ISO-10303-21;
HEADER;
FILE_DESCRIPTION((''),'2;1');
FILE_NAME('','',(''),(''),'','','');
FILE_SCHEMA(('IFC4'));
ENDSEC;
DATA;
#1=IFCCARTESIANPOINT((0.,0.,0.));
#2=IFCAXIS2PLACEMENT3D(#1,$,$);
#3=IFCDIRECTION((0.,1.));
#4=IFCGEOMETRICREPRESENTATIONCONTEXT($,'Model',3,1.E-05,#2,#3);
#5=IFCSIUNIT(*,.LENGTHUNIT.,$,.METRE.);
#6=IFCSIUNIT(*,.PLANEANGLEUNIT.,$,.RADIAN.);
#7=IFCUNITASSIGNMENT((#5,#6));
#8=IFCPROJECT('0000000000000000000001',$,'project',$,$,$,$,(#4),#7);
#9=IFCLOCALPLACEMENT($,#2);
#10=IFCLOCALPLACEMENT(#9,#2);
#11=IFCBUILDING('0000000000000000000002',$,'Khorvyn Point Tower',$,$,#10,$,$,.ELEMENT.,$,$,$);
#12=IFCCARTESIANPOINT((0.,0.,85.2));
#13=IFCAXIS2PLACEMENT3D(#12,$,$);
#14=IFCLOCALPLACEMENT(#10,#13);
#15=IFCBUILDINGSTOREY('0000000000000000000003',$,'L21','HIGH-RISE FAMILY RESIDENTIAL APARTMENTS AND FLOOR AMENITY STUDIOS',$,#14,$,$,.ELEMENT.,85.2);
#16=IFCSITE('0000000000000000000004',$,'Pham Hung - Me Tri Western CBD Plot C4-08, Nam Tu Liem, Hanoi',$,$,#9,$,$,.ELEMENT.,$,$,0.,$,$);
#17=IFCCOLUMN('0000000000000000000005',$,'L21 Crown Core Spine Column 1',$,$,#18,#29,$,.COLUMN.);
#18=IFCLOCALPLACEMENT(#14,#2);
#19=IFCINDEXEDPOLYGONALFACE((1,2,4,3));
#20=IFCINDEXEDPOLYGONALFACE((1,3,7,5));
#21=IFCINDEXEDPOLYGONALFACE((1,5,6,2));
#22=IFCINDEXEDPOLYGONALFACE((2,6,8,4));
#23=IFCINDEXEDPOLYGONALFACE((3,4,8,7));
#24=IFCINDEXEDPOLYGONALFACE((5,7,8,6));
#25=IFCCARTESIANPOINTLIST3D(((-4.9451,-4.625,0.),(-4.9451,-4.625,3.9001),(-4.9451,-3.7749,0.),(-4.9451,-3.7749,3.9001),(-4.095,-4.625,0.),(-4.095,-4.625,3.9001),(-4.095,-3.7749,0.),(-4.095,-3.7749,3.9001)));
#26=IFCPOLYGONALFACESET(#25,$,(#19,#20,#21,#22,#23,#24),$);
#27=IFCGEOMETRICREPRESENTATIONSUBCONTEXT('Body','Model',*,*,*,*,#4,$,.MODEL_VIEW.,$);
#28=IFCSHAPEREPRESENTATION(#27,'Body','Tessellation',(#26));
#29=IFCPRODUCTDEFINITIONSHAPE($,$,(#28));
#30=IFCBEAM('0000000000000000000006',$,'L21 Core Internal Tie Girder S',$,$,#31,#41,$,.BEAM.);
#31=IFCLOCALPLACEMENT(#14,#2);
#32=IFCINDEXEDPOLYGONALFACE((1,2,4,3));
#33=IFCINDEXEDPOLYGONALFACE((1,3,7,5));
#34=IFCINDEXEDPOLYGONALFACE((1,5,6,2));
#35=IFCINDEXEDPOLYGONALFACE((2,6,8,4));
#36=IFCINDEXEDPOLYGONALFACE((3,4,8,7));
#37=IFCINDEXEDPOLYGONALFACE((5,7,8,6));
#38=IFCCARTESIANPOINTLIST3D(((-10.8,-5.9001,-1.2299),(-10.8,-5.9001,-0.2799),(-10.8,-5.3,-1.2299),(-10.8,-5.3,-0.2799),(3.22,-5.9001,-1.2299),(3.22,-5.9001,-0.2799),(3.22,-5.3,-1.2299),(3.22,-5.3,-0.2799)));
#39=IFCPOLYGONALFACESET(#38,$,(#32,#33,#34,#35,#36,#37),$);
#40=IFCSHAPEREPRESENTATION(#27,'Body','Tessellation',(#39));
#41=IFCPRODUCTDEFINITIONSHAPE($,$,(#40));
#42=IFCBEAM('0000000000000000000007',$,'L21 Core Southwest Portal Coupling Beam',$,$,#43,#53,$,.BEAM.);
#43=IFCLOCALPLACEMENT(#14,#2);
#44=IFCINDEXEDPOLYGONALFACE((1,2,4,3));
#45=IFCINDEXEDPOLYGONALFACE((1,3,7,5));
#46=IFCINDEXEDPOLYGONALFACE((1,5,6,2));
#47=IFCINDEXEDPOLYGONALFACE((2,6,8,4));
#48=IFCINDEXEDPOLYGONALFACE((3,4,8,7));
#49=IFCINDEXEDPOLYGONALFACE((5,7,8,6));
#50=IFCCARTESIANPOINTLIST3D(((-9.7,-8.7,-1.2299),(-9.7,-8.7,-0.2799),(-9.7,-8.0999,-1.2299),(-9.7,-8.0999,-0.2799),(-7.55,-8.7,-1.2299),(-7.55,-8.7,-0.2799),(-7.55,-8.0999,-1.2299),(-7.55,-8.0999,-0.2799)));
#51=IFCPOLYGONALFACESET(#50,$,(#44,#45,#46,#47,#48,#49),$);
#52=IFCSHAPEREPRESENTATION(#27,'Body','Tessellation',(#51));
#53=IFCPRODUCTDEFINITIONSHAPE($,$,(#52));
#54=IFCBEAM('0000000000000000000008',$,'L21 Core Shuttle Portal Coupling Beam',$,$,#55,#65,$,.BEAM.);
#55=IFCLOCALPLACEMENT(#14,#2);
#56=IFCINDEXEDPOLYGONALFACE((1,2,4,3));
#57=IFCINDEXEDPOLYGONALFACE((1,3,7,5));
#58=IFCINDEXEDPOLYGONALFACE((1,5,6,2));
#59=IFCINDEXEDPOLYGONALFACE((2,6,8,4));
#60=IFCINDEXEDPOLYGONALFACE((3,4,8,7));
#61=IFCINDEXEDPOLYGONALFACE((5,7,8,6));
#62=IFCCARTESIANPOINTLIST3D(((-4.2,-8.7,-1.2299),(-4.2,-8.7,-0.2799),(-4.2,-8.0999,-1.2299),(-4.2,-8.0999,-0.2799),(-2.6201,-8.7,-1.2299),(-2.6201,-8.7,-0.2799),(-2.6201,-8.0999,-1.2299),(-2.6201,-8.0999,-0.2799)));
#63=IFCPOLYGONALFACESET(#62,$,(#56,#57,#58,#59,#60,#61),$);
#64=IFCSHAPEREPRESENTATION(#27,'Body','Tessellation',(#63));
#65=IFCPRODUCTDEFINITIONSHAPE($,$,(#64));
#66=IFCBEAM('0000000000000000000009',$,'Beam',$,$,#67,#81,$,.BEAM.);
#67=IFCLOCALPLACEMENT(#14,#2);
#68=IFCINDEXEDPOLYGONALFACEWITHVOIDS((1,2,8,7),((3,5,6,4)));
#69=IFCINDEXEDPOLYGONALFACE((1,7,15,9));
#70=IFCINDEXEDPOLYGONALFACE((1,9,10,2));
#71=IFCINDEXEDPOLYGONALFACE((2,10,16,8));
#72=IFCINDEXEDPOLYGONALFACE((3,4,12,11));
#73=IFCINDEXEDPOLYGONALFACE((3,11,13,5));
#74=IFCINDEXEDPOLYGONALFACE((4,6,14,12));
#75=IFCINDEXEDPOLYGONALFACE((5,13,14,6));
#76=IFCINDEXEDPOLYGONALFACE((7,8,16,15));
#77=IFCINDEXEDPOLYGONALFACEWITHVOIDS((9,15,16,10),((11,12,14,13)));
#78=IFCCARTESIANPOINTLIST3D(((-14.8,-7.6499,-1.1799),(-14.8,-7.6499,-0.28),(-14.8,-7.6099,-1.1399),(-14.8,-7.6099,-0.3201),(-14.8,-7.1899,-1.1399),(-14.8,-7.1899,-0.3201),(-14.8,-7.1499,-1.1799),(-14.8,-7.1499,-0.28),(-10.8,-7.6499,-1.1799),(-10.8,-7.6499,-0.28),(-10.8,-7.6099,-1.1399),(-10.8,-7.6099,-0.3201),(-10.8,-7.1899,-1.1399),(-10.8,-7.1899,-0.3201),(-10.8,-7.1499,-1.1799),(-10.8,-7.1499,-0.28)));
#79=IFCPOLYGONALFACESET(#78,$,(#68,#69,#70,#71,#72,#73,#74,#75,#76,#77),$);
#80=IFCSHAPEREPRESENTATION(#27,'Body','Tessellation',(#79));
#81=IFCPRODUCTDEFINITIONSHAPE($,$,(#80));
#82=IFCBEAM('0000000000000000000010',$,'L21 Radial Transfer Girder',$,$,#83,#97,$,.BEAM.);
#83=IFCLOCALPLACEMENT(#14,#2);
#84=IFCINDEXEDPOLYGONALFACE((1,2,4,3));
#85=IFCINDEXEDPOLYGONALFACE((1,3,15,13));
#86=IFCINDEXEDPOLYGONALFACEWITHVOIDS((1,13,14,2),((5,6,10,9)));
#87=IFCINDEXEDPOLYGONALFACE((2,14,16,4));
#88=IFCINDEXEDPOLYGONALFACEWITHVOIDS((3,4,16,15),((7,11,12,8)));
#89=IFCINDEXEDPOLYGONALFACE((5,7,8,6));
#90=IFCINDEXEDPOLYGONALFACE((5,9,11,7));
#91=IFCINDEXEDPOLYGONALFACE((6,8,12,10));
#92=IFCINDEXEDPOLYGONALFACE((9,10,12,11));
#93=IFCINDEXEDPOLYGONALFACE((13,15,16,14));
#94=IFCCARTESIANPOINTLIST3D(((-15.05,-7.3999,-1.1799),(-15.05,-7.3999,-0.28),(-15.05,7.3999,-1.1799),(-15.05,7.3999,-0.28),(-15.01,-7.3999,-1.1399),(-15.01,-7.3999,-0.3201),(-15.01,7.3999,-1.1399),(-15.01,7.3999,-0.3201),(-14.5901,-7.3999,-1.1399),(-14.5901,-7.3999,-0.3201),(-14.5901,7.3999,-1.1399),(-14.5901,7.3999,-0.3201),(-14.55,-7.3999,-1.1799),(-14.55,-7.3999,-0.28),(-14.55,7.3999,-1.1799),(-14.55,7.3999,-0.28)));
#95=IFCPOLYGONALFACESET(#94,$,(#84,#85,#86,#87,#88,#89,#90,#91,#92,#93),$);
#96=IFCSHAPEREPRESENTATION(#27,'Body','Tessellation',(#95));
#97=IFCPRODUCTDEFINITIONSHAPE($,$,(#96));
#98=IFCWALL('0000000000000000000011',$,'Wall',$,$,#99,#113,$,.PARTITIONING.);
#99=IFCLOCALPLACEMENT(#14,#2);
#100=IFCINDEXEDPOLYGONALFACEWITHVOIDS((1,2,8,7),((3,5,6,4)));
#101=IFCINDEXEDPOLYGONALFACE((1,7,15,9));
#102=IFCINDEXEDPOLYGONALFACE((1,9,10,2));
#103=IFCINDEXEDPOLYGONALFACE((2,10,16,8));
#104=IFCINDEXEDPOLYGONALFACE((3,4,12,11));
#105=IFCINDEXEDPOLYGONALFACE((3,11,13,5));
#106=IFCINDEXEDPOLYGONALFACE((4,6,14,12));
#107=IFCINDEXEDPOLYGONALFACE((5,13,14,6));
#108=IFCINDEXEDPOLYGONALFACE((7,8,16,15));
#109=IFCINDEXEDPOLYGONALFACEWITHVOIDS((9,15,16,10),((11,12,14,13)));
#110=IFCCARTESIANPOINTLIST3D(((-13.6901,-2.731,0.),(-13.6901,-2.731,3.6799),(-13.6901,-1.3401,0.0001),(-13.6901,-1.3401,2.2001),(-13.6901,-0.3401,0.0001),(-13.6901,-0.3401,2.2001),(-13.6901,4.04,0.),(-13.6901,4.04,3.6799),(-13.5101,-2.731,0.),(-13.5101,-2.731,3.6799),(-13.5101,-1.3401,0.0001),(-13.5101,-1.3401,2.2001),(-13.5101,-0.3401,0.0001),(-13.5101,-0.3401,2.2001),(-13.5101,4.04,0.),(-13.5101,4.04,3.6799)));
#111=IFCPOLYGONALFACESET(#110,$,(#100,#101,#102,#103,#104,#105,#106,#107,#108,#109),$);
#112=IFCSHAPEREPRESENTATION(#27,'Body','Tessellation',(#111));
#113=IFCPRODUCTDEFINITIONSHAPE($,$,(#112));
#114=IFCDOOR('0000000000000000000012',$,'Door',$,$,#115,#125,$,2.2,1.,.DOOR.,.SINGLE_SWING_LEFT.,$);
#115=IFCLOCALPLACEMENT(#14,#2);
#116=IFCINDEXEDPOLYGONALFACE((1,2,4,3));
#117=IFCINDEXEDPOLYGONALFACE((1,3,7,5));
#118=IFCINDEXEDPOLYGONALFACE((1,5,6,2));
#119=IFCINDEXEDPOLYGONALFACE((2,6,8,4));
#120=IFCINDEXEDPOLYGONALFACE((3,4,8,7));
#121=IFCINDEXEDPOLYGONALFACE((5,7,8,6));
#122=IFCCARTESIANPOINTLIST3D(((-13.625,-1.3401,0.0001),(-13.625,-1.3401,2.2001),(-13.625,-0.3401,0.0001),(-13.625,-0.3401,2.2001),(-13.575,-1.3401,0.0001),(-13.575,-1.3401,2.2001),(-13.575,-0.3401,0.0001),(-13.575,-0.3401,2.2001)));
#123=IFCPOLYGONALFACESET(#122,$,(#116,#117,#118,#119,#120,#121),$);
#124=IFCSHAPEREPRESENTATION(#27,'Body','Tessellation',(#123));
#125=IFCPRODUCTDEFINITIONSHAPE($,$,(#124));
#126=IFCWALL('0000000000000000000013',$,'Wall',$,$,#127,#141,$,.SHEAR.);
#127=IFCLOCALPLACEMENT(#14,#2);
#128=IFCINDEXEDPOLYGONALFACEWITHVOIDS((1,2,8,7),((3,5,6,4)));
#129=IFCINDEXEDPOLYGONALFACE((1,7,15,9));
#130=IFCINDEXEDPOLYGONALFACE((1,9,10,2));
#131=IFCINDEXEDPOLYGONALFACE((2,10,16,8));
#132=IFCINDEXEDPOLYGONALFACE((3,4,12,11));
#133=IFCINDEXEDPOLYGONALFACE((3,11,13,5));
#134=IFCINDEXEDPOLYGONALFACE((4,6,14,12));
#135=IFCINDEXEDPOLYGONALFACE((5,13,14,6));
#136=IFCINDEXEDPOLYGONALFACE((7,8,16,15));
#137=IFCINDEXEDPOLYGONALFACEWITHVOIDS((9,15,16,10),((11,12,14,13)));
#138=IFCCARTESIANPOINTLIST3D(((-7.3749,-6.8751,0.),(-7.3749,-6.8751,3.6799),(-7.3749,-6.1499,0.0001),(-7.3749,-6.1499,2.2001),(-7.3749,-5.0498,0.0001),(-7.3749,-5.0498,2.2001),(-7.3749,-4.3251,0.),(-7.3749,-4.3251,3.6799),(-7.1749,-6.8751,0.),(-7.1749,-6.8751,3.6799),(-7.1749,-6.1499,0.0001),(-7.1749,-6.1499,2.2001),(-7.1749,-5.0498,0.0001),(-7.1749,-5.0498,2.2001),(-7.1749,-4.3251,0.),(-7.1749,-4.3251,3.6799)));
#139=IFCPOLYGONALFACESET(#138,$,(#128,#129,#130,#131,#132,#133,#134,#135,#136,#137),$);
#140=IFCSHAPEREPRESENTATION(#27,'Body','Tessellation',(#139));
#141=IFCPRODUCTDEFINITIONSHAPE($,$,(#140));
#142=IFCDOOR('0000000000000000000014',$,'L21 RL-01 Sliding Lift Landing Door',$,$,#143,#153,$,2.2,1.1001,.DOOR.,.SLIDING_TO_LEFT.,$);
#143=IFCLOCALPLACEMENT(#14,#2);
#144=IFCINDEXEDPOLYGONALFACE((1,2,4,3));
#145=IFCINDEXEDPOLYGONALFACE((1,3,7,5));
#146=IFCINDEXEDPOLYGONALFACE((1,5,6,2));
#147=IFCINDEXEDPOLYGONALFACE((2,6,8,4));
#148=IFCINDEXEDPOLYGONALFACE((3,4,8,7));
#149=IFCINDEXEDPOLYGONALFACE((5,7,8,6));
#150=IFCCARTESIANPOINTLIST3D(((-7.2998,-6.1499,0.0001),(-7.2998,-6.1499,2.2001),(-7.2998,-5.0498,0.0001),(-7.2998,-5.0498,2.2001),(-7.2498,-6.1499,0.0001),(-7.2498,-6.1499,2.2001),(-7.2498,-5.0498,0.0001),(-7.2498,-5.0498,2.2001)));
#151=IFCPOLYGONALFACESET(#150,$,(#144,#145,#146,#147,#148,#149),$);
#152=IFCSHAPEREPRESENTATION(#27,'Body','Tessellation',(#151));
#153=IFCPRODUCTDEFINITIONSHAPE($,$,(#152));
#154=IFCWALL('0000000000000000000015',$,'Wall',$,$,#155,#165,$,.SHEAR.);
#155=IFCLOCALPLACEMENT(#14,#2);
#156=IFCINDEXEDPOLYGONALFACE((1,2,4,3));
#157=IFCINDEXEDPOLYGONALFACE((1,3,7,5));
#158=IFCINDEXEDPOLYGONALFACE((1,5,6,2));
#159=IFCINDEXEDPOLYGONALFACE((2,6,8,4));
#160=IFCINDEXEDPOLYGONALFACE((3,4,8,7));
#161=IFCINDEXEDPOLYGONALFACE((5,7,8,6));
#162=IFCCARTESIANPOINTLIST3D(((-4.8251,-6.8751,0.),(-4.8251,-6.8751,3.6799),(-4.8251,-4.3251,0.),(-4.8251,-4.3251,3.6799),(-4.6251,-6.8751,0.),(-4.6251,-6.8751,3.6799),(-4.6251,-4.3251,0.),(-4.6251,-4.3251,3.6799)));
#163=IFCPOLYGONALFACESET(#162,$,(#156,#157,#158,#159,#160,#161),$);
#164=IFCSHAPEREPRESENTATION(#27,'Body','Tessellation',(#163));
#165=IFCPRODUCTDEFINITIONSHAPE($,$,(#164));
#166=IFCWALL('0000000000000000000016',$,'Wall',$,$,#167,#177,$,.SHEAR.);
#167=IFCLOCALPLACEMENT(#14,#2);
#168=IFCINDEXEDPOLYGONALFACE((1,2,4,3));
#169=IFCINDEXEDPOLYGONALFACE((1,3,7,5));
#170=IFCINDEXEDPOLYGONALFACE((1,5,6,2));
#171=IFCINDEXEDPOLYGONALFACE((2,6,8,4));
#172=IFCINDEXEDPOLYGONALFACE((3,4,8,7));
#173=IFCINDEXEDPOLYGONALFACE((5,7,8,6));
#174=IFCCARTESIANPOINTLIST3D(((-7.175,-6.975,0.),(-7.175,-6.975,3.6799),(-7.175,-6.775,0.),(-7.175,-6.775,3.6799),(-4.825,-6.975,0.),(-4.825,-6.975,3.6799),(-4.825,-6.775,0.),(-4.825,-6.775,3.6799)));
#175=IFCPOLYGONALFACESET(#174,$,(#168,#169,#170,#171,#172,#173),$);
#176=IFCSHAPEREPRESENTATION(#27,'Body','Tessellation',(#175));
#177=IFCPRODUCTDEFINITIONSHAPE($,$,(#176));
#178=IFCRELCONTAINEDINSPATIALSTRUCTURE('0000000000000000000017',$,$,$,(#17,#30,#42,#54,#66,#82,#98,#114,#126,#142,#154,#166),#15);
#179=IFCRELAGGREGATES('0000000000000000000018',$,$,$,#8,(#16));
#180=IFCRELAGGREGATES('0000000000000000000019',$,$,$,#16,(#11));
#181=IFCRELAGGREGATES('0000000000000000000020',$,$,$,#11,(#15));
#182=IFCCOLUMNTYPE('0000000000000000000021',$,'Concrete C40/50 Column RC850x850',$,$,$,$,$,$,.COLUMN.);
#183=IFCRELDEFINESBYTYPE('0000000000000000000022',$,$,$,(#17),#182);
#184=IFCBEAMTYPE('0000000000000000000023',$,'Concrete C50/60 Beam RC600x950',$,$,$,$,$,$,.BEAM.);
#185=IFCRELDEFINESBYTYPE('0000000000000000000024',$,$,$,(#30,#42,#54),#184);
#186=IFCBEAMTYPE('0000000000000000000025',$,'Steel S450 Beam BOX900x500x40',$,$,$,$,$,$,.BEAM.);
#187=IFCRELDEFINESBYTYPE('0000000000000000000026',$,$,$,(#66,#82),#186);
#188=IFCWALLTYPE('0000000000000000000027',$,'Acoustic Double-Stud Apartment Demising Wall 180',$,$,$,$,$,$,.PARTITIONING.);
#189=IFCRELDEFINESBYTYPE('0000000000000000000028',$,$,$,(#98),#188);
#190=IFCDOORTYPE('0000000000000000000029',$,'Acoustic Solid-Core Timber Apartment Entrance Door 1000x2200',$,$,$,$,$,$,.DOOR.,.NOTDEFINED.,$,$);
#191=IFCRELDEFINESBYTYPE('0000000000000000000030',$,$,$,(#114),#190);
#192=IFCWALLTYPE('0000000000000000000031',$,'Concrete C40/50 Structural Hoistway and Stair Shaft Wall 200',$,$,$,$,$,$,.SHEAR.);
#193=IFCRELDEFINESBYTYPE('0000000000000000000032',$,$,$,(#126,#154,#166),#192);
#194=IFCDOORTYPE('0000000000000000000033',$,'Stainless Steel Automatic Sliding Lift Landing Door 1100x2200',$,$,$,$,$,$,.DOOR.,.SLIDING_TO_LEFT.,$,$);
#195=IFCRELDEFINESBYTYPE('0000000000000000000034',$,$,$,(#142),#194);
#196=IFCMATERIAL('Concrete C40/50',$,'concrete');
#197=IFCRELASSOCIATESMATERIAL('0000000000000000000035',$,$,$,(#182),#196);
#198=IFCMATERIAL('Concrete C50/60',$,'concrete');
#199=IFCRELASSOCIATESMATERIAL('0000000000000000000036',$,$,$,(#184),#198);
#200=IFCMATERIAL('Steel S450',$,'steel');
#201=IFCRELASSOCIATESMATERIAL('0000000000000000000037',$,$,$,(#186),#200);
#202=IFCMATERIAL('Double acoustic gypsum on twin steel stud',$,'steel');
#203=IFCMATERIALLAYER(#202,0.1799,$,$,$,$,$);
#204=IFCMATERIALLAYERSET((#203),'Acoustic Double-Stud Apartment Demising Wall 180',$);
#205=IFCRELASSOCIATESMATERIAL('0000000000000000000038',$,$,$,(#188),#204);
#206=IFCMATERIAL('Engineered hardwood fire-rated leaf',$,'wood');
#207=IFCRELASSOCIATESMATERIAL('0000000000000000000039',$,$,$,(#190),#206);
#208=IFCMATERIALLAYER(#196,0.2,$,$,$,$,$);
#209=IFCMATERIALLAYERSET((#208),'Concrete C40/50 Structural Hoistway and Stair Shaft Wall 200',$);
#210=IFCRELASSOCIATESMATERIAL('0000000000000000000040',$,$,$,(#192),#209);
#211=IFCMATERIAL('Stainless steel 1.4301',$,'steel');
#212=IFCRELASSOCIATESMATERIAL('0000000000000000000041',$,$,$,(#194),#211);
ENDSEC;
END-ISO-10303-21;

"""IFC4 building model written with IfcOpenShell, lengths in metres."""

from ifc_helpers import new_model, si_unit, direction, frame, frame_2d, origin, origin_2d, place, context, subcontext, project, spatial, rectangle, hollow_rectangle, extrude, material, layer, layer_set, material_profile, profile_set, type_object, element, fill, save


model = new_model("IFC4")

# Units and contexts
model_context = context("Model", 3, precision=1e-05, world=origin(), true_north=direction((0.0, 1.0)))
body_context = subcontext(model_context, "Body", "Model", "MODEL_VIEW")
ifc_project = project(units=[si_unit("LENGTHUNIT", "METRE"), si_unit("PLANEANGLEUNIT", "RADIAN")], contexts=[model_context])

# Site, building, storey
site_placement = place(None, origin())
site = spatial("IfcSite", under=ifc_project, at=site_placement, Name="Pham Hung - Me Tri Western CBD Plot C4-08, Nam Tu Liem, Hanoi", CompositionType="ELEMENT", RefElevation=0.0)
building_placement = place(site_placement, origin())
building = spatial("IfcBuilding", under=site, at=building_placement, Name="Khorvyn Point Tower", CompositionType="ELEMENT")
storey_placement = place(building_placement, frame((0.0, 0.0, 85.2)))
storey = spatial("IfcBuildingStorey", under=building, at=storey_placement, Name="L21", Description="HIGH-RISE FAMILY RESIDENTIAL APARTMENTS AND FLOOR AMENITY STUDIOS", CompositionType="ELEMENT", Elevation=85.2)

# Column
ifc_material_1 = material(Name="Concrete C40/50", Category="concrete")
ifc_material_profile_1 = material_profile(ifc_material_1, rectangle(XDim=0.8501, YDim=0.8501, at=origin_2d()))
ifc_profile_set_1 = profile_set([ifc_material_profile_1], Name="Concrete C40/50 RC850x850")
column_type = type_object("IfcColumnType", Name="Concrete C40/50 Column RC850x850", PredefinedType="COLUMN", material=ifc_profile_set_1)
column_placement = place(storey_placement, frame((-4.52, -4.2, 0.0), z_axis=(0.0, 0.0, 1.0), x_axis=(1.0, 0.0, 0.0)))
element("IfcColumn", 1, at=column_placement, inside=storey, type_object=column_type, Name="L21 Crown Core Spine Column 1", PredefinedType="COLUMN", context=body_context, shape_type="SweptSolid", body=[
    extrude(rectangle(XDim=0.8501, YDim=0.8501, at=origin_2d()), origin(), (0.0, 0.0, 1.0), 3.9001),
])

# Beams
ifc_material_2 = material(Name="Concrete C50/60", Category="concrete")
ifc_material_profile_2 = material_profile(ifc_material_2, rectangle(XDim=0.6001, YDim=0.95, at=origin_2d()))
ifc_profile_set_2 = profile_set([ifc_material_profile_2], Name="Concrete C50/60 RC600x950")
beam_type_1 = type_object("IfcBeamType", Name="Concrete C50/60 Beam RC600x950", PredefinedType="BEAM", material=ifc_profile_set_2)
beam_1_placement = place(storey_placement, frame((-10.8, -5.6001, -0.7549), z_axis=(1.0, 0.0, 0.0), x_axis=(0.0, 1.0, 0.0)))
element("IfcBeam", 2, at=beam_1_placement, inside=storey, type_object=beam_type_1, Name="L21 Core Internal Tie Girder S", PredefinedType="BEAM", context=body_context, shape_type="SweptSolid", body=[
    extrude(rectangle(XDim=0.6001, YDim=0.95, at=origin_2d()), origin(), (0.0, 0.0, 1.0), 14.02),
])
beam_2_placement = place(storey_placement, frame((-9.7, -8.3999, -0.7549), z_axis=(1.0, 0.0, 0.0), x_axis=(0.0, 1.0, 0.0)))
element("IfcBeam", 3, at=beam_2_placement, inside=storey, type_object=beam_type_1, Name="L21 Core Southwest Portal Coupling Beam", PredefinedType="BEAM", context=body_context, shape_type="SweptSolid", body=[
    extrude(rectangle(XDim=0.6001, YDim=0.95, at=origin_2d()), origin(), (0.0, 0.0, 1.0), 2.1499),
])
beam_3_placement = place(storey_placement, frame((-4.2, -8.3999, -0.7549), z_axis=(1.0, 0.0, 0.0), x_axis=(0.0, 1.0, 0.0)))
element("IfcBeam", 4, at=beam_3_placement, inside=storey, type_object=beam_type_1, Name="L21 Core Shuttle Portal Coupling Beam", PredefinedType="BEAM", context=body_context, shape_type="SweptSolid", body=[
    extrude(rectangle(XDim=0.6001, YDim=0.95, at=origin_2d()), origin(), (0.0, 0.0, 1.0), 1.5798),
])
ifc_material_3 = material(Name="Steel S450", Category="steel")
ifc_material_profile_3 = material_profile(ifc_material_3, hollow_rectangle(XDim=0.5, YDim=0.8999, WallThickness=0.04, at=origin_2d()))
ifc_profile_set_3 = profile_set([ifc_material_profile_3], Name="Steel S450 BOX900x500x40")
beam_type_2 = type_object("IfcBeamType", Name="Steel S450 Beam BOX900x500x40", PredefinedType="BEAM", material=ifc_profile_set_3)
beam_4_placement = place(storey_placement, frame((-14.8, -7.3999, -0.73), z_axis=(1.0, 0.0, 0.0), x_axis=(0.0, 1.0, 0.0)))
element("IfcBeam", 5, at=beam_4_placement, inside=storey, type_object=beam_type_2, Name="Beam", PredefinedType="BEAM", context=body_context, shape_type="SweptSolid", body=[
    extrude(hollow_rectangle(XDim=0.5, YDim=0.8999, WallThickness=0.04, at=origin_2d()), origin(), (0.0, 0.0, 1.0), 4.0),
])
beam_5_placement = place(storey_placement, frame((-14.8, -7.3999, -0.73), z_axis=(0.0, 1.0, 0.0), x_axis=(-1.0, 0.0, 0.0)))
element("IfcBeam", 6, at=beam_5_placement, inside=storey, type_object=beam_type_2, Name="L21 Radial Transfer Girder", PredefinedType="BEAM", context=body_context, shape_type="SweptSolid", body=[
    extrude(hollow_rectangle(XDim=0.5, YDim=0.8999, WallThickness=0.04, at=origin_2d()), origin(), (0.0, 0.0, 1.0), 14.7998),
])

# Walls, openings, doors
ifc_material_4 = material(Name="Double acoustic gypsum on twin steel stud", Category="steel")
ifc_layer_1 = layer(ifc_material_4, 0.1799)
ifc_layer_set_1 = layer_set([ifc_layer_1], Name="Acoustic Double-Stud Apartment Demising Wall 180")
wall_type_1 = type_object("IfcWallType", Name="Acoustic Double-Stud Apartment Demising Wall 180", PredefinedType="PARTITIONING", material=ifc_layer_set_1)
wall_1_placement = place(storey_placement, frame((-13.6001, -2.731, 0.0), z_axis=(0.0, 0.0, 1.0), x_axis=(0.0, 1.0, 0.0)))
wall_1 = element("IfcWall", 7, at=wall_1_placement, inside=storey, type_object=wall_type_1, Name="Wall", PredefinedType="PARTITIONING", context=body_context, shape_type="SweptSolid", body=[
    extrude(rectangle(XDim=6.771, YDim=0.1799, at=frame_2d((3.3855, 0.0))), origin(), (0.0, 0.0, 1.0), 3.6799),
])
opening_1_placement = place(wall_1_placement, frame((1.3909, 0.0, 0.0)))
opening_1 = element("IfcOpeningElement", 8, at=opening_1_placement, cuts=wall_1, PredefinedType="OPENING", context=body_context, shape_type="SweptSolid", body=[
    extrude(rectangle(XDim=1.0, YDim=2.2, at=frame_2d((0.5, 1.1001))), frame((0.0, 0.0999, 0.0), z_axis=(0.0, -1.0, 0.0), x_axis=(1.0, 0.0, 0.0)), (0.0, 0.0, 1.0), 0.2),
])
ifc_material_5 = material(Name="Engineered hardwood fire-rated leaf", Category="wood")
door_type_1 = type_object("IfcDoorType", Name="Acoustic Solid-Core Timber Apartment Entrance Door 1000x2200", OperationType="NOTDEFINED", PredefinedType="DOOR", material=ifc_material_5)
door_1_placement = place(opening_1_placement, origin())
door_1 = element("IfcDoor", 9, at=door_1_placement, inside=storey, type_object=door_type_1, Name="Door", OperationType="SINGLE_SWING_LEFT", OverallHeight=2.2, OverallWidth=1.0, PredefinedType="DOOR", context=body_context, shape_type="SweptSolid", body=[
    extrude(rectangle(XDim=1.0, YDim=2.2, at=frame_2d((0.5, 1.1001))), frame((0.0, 0.0249, 0.0), z_axis=(0.0, -1.0, 0.0), x_axis=(1.0, 0.0, 0.0)), (0.0, 0.0, 1.0), 0.05),
])
fill(opening_1, door_1)
ifc_layer_2 = layer(ifc_material_1, 0.2)
ifc_layer_set_2 = layer_set([ifc_layer_2], Name="Concrete C40/50 Structural Hoistway and Stair Shaft Wall 200")
wall_type_2 = type_object("IfcWallType", Name="Concrete C40/50 Structural Hoistway and Stair Shaft Wall 200", PredefinedType="SHEAR", material=ifc_layer_set_2)
wall_2_placement = place(storey_placement, frame((-7.2749, -6.875, 0.0), z_axis=(0.0, 0.0, 1.0), x_axis=(0.0, 1.0, 0.0)))
wall_2 = element("IfcWall", 10, at=wall_2_placement, inside=storey, type_object=wall_type_2, Name="Wall", PredefinedType="SHEAR", context=body_context, shape_type="SweptSolid", body=[
    extrude(rectangle(XDim=2.55, YDim=0.2, at=frame_2d((1.2749, 0.0))), origin(), (0.0, 0.0, 1.0), 3.6799),
])
opening_2_placement = place(wall_2_placement, frame((0.7251, 0.0, 0.0)))
opening_2 = element("IfcOpeningElement", 11, at=opening_2_placement, cuts=wall_2, PredefinedType="OPENING", context=body_context, shape_type="SweptSolid", body=[
    extrude(rectangle(XDim=1.1001, YDim=2.2, at=frame_2d((0.55, 1.1001))), frame((0.0, 0.1099, 0.0), z_axis=(0.0, -1.0, 0.0), x_axis=(1.0, 0.0, 0.0)), (0.0, 0.0, 1.0), 0.22),
])
ifc_material_6 = material(Name="Stainless steel 1.4301", Category="steel")
door_type_2 = type_object("IfcDoorType", Name="Stainless Steel Automatic Sliding Lift Landing Door 1100x2200", OperationType="SLIDING_TO_LEFT", PredefinedType="DOOR", material=ifc_material_6)
door_2_placement = place(opening_2_placement, origin())
door_2 = element("IfcDoor", 12, at=door_2_placement, inside=storey, type_object=door_type_2, Name="L21 RL-01 Sliding Lift Landing Door", OperationType="SLIDING_TO_LEFT", OverallHeight=2.2, OverallWidth=1.1001, PredefinedType="DOOR", context=body_context, shape_type="SweptSolid", body=[
    extrude(rectangle(XDim=1.1001, YDim=2.2, at=frame_2d((0.55, 1.1001))), frame((0.0, 0.0249, 0.0), z_axis=(0.0, -1.0, 0.0), x_axis=(1.0, 0.0, 0.0)), (0.0, 0.0, 1.0), 0.05),
])
fill(opening_2, door_2)

# Walls
wall_3_placement = place(storey_placement, frame((-4.7251, -6.875, 0.0), z_axis=(0.0, 0.0, 1.0), x_axis=(0.0, 1.0, 0.0)))
element("IfcWall", 13, at=wall_3_placement, inside=storey, type_object=wall_type_2, Name="Wall", PredefinedType="SHEAR", context=body_context, shape_type="SweptSolid", body=[
    extrude(rectangle(XDim=2.55, YDim=0.2, at=frame_2d((1.2749, 0.0))), origin(), (0.0, 0.0, 1.0), 3.6799),
])
for number, where, z_axis, x_axis, name in (
    (14, (-7.175, -6.875, 0.0), (0.0, 0.0, 1.0), (1.0, 0.0, 0.0), "Wall"),
):
    element("IfcWall", number, at=place(storey_placement, frame(where, z_axis=z_axis, x_axis=x_axis)), inside=storey, type_object=wall_type_2, Name=name, PredefinedType="SHEAR", context=body_context, shape_type="SweptSolid", body=[
        extrude(rectangle(XDim=2.3501, YDim=0.2, at=frame_2d((1.175, 0.0))), origin(), (0.0, 0.0, 1.0), 3.6799),
    ])

save(model, "model.ifc")
